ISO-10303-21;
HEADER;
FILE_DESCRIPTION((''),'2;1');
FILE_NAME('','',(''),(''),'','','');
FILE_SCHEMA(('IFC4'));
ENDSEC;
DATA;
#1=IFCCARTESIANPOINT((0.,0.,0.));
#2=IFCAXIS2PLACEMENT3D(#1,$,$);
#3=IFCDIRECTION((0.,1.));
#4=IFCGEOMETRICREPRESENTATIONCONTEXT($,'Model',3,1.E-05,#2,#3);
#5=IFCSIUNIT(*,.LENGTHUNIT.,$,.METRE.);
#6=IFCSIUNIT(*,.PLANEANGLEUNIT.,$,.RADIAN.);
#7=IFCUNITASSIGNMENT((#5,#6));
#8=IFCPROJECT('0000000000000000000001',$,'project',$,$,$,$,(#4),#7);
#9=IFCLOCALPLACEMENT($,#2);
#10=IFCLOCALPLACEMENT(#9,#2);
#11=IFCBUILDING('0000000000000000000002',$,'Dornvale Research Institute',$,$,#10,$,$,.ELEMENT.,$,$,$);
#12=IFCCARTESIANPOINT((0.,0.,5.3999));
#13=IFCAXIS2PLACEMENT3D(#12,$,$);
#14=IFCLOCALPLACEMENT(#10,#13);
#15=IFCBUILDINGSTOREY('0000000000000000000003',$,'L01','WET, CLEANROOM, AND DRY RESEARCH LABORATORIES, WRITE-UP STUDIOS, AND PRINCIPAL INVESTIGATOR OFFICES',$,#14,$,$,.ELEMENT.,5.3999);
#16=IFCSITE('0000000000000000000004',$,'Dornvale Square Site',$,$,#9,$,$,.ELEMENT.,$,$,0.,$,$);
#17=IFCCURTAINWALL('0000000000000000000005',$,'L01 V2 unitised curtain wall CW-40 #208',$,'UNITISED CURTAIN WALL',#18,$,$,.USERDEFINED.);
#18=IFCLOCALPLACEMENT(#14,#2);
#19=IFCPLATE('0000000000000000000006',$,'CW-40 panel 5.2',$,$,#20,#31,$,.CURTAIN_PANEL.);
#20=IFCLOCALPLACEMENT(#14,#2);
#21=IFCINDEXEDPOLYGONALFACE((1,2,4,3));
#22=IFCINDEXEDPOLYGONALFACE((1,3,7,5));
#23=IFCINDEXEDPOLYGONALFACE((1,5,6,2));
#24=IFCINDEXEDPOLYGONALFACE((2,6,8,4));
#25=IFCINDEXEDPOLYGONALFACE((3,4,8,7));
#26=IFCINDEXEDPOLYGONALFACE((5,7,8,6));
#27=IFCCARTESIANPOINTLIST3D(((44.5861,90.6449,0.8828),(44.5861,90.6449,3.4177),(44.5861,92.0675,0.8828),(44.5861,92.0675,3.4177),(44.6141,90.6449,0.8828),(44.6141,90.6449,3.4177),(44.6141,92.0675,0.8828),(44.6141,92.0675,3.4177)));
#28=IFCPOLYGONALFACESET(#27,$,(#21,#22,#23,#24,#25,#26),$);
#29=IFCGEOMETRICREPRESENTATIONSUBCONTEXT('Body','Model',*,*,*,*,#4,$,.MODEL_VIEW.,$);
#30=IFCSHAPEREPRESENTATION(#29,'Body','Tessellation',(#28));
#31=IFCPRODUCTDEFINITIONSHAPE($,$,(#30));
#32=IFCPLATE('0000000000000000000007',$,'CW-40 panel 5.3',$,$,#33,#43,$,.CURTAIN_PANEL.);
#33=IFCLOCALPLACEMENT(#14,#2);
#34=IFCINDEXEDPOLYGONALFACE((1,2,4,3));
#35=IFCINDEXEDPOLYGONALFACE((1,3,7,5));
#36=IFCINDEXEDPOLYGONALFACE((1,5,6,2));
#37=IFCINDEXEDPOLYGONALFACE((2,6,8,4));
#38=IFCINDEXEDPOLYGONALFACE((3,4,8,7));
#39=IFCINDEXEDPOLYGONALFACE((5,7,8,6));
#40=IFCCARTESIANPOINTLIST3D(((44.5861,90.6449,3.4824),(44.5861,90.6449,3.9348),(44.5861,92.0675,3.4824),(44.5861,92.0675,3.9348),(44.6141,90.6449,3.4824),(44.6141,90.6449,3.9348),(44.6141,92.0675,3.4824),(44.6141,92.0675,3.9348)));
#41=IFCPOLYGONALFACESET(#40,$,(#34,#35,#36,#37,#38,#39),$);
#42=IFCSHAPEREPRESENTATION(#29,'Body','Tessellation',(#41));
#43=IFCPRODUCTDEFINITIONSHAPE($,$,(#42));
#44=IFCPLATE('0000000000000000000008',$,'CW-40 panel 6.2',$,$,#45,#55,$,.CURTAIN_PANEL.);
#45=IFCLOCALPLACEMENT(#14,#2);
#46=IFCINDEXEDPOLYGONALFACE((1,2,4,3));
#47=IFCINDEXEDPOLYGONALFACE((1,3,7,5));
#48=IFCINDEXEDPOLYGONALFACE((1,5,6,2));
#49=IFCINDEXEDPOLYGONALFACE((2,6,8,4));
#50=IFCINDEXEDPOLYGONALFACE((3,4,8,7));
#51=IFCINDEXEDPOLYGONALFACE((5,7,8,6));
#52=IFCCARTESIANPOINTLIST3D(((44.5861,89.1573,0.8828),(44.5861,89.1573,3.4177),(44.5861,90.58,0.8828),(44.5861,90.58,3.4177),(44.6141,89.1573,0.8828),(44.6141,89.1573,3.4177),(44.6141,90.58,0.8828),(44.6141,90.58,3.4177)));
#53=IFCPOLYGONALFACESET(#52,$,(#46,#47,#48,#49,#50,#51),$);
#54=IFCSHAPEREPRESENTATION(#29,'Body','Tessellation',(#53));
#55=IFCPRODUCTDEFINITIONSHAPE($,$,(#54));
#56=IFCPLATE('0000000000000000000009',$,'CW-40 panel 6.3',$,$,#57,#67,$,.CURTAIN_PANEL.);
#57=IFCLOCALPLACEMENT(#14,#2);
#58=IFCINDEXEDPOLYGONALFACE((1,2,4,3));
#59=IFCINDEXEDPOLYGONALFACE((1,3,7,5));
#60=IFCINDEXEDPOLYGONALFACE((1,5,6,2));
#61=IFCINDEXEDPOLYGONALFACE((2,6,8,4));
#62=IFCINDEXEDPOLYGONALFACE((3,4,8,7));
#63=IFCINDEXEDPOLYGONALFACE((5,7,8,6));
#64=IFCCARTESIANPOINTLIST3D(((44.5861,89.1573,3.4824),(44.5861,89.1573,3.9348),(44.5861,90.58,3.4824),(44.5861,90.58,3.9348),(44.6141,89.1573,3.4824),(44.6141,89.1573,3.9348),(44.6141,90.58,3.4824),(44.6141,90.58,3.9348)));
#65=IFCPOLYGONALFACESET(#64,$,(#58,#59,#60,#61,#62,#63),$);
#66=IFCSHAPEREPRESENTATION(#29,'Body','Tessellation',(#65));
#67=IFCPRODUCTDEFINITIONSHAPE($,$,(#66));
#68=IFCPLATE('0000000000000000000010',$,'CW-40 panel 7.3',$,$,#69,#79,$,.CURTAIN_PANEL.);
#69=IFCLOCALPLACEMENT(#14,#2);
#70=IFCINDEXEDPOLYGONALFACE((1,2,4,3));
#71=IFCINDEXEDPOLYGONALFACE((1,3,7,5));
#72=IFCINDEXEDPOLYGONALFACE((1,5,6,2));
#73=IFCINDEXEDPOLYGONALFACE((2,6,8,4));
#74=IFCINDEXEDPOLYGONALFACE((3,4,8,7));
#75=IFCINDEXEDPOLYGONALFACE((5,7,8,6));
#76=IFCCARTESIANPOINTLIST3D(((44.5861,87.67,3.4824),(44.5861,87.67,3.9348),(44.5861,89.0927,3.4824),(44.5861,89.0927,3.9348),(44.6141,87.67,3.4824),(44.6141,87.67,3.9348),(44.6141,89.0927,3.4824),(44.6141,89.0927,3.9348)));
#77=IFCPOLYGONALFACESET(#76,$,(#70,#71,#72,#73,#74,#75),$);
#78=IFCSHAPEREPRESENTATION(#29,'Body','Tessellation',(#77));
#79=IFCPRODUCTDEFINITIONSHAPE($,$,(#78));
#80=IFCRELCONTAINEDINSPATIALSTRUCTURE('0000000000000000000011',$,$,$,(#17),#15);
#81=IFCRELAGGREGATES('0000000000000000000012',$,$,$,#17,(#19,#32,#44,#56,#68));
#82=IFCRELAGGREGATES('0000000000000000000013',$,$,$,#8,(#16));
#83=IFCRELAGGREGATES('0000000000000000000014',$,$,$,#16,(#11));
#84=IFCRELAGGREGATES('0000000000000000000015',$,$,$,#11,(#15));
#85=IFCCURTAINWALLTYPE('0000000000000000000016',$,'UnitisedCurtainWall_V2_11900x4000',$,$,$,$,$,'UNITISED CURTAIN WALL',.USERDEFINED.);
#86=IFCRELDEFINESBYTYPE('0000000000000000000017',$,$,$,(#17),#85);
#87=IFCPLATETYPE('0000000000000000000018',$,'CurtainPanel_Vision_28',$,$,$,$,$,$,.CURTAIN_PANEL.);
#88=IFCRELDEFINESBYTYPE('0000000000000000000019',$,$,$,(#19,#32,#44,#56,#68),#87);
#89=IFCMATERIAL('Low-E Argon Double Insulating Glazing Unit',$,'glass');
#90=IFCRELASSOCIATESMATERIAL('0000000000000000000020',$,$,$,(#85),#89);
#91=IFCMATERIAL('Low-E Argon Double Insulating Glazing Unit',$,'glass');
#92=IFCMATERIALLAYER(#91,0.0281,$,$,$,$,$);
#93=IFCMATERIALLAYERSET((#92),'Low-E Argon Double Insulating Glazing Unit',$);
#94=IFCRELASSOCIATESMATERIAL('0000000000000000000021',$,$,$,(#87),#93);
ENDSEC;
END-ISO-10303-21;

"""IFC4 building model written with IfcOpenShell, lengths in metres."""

from ifc_helpers import new_model, si_unit, direction, frame, origin, origin_2d, place, context, subcontext, project, spatial, rectangle, extrude, material, layer, layer_set, type_object, element, aggregate, save


model = new_model("IFC4")

# Units and contexts
model_context = context("Model", 3, precision=1e-05, world=origin(), true_north=direction((0.0, 1.0)))
body_context = subcontext(model_context, "Body", "Model", "MODEL_VIEW")
ifc_project = project(units=[si_unit("LENGTHUNIT", "METRE"), si_unit("PLANEANGLEUNIT", "RADIAN")], contexts=[model_context])

# Site, building, storey
site_placement = place(None, origin())
site = spatial("IfcSite", under=ifc_project, at=site_placement, Name="Dornvale Square Site", CompositionType="ELEMENT", RefElevation=0.0)
building_placement = place(site_placement, origin())
building = spatial("IfcBuilding", under=site, at=building_placement, Name="Dornvale Research Institute", CompositionType="ELEMENT")
storey_placement = place(building_placement, frame((0.0, 0.0, 5.3999)))
storey = spatial("IfcBuildingStorey", under=building, at=storey_placement, Name="L01", Description="WET, CLEANROOM, AND DRY RESEARCH LABORATORIES, WRITE-UP STUDIOS, AND PRINCIPAL INVESTIGATOR OFFICES", CompositionType="ELEMENT", Elevation=5.3999)

# Curtain wall
ifc_material_1 = material(Name="Low-E Argon Double Insulating Glazing Unit", Category="glass")
curtain_wall_type = type_object("IfcCurtainWallType", Name="UnitisedCurtainWall_V2_11900x4000", ElementType="UNITISED CURTAIN WALL", PredefinedType="USERDEFINED", material=ifc_material_1)
curtain_wall_1_placement = place(storey_placement, origin())
curtain_wall_1 = element("IfcCurtainWall", 1, at=curtain_wall_1_placement, inside=storey, type_object=curtain_wall_type, Name="L01 V2 unitised curtain wall CW-40 #208", ObjectType="UNITISED CURTAIN WALL", PredefinedType="USERDEFINED")

# Plates
ifc_material_2 = material(Name="Low-E Argon Double Insulating Glazing Unit", Category="glass")
ifc_layer_1 = layer(ifc_material_2, 0.0281)
ifc_layer_set_1 = layer_set([ifc_layer_1], Name="Low-E Argon Double Insulating Glazing Unit")
plate_type_1 = type_object("IfcPlateType", Name="CurtainPanel_Vision_28", PredefinedType="CURTAIN_PANEL", material=ifc_layer_set_1)
plate_1_placement = place(storey_placement, frame((44.6001, 91.3562, 0.8828), z_axis=(0.0, 0.0, 1.0), x_axis=(0.0, -1.0, 0.0)))
plate_1 = element("IfcPlate", 2, at=plate_1_placement, type_object=plate_type_1, Name="CW-40 panel 5.2", PredefinedType="CURTAIN_PANEL", context=body_context, shape_type="SweptSolid", body=[
    extrude(rectangle(XDim=1.4226, YDim=0.0281, at=origin_2d()), origin(), (0.0, 0.0, 1.0), 2.5349),
])
plate_2_placement = place(storey_placement, frame((44.6001, 91.3562, 3.4824), z_axis=(0.0, 0.0, 1.0), x_axis=(0.0, -1.0, 0.0)))
plate_2 = element("IfcPlate", 3, at=plate_2_placement, type_object=plate_type_1, Name="CW-40 panel 5.3", PredefinedType="CURTAIN_PANEL", context=body_context, shape_type="SweptSolid", body=[
    extrude(rectangle(XDim=1.4226, YDim=0.0281, at=origin_2d()), origin(), (0.0, 0.0, 1.0), 0.4524),
])
plate_3_placement = place(storey_placement, frame((44.6001, 89.8687, 0.8828), z_axis=(0.0, 0.0, 1.0), x_axis=(0.0, -1.0, 0.0)))
plate_3 = element("IfcPlate", 4, at=plate_3_placement, type_object=plate_type_1, Name="CW-40 panel 6.2", PredefinedType="CURTAIN_PANEL", context=body_context, shape_type="SweptSolid", body=[
    extrude(rectangle(XDim=1.4226, YDim=0.0281, at=origin_2d()), origin(), (0.0, 0.0, 1.0), 2.5349),
])
plate_4_placement = place(storey_placement, frame((44.6001, 89.8687, 3.4824), z_axis=(0.0, 0.0, 1.0), x_axis=(0.0, -1.0, 0.0)))
plate_4 = element("IfcPlate", 5, at=plate_4_placement, type_object=plate_type_1, Name="CW-40 panel 6.3", PredefinedType="CURTAIN_PANEL", context=body_context, shape_type="SweptSolid", body=[
    extrude(rectangle(XDim=1.4226, YDim=0.0281, at=origin_2d()), origin(), (0.0, 0.0, 1.0), 0.4524),
])
plate_5_placement = place(storey_placement, frame((44.6001, 88.3813, 3.4824), z_axis=(0.0, 0.0, 1.0), x_axis=(0.0, -1.0, 0.0)))
plate_5 = element("IfcPlate", 6, at=plate_5_placement, type_object=plate_type_1, Name="CW-40 panel 7.3", PredefinedType="CURTAIN_PANEL", context=body_context, shape_type="SweptSolid", body=[
    extrude(rectangle(XDim=1.4226, YDim=0.0281, at=origin_2d()), origin(), (0.0, 0.0, 1.0), 0.4524),
])
aggregate(curtain_wall_1, [plate_1, plate_2, plate_3, plate_4, plate_5])

save(model, "model.ifc")
